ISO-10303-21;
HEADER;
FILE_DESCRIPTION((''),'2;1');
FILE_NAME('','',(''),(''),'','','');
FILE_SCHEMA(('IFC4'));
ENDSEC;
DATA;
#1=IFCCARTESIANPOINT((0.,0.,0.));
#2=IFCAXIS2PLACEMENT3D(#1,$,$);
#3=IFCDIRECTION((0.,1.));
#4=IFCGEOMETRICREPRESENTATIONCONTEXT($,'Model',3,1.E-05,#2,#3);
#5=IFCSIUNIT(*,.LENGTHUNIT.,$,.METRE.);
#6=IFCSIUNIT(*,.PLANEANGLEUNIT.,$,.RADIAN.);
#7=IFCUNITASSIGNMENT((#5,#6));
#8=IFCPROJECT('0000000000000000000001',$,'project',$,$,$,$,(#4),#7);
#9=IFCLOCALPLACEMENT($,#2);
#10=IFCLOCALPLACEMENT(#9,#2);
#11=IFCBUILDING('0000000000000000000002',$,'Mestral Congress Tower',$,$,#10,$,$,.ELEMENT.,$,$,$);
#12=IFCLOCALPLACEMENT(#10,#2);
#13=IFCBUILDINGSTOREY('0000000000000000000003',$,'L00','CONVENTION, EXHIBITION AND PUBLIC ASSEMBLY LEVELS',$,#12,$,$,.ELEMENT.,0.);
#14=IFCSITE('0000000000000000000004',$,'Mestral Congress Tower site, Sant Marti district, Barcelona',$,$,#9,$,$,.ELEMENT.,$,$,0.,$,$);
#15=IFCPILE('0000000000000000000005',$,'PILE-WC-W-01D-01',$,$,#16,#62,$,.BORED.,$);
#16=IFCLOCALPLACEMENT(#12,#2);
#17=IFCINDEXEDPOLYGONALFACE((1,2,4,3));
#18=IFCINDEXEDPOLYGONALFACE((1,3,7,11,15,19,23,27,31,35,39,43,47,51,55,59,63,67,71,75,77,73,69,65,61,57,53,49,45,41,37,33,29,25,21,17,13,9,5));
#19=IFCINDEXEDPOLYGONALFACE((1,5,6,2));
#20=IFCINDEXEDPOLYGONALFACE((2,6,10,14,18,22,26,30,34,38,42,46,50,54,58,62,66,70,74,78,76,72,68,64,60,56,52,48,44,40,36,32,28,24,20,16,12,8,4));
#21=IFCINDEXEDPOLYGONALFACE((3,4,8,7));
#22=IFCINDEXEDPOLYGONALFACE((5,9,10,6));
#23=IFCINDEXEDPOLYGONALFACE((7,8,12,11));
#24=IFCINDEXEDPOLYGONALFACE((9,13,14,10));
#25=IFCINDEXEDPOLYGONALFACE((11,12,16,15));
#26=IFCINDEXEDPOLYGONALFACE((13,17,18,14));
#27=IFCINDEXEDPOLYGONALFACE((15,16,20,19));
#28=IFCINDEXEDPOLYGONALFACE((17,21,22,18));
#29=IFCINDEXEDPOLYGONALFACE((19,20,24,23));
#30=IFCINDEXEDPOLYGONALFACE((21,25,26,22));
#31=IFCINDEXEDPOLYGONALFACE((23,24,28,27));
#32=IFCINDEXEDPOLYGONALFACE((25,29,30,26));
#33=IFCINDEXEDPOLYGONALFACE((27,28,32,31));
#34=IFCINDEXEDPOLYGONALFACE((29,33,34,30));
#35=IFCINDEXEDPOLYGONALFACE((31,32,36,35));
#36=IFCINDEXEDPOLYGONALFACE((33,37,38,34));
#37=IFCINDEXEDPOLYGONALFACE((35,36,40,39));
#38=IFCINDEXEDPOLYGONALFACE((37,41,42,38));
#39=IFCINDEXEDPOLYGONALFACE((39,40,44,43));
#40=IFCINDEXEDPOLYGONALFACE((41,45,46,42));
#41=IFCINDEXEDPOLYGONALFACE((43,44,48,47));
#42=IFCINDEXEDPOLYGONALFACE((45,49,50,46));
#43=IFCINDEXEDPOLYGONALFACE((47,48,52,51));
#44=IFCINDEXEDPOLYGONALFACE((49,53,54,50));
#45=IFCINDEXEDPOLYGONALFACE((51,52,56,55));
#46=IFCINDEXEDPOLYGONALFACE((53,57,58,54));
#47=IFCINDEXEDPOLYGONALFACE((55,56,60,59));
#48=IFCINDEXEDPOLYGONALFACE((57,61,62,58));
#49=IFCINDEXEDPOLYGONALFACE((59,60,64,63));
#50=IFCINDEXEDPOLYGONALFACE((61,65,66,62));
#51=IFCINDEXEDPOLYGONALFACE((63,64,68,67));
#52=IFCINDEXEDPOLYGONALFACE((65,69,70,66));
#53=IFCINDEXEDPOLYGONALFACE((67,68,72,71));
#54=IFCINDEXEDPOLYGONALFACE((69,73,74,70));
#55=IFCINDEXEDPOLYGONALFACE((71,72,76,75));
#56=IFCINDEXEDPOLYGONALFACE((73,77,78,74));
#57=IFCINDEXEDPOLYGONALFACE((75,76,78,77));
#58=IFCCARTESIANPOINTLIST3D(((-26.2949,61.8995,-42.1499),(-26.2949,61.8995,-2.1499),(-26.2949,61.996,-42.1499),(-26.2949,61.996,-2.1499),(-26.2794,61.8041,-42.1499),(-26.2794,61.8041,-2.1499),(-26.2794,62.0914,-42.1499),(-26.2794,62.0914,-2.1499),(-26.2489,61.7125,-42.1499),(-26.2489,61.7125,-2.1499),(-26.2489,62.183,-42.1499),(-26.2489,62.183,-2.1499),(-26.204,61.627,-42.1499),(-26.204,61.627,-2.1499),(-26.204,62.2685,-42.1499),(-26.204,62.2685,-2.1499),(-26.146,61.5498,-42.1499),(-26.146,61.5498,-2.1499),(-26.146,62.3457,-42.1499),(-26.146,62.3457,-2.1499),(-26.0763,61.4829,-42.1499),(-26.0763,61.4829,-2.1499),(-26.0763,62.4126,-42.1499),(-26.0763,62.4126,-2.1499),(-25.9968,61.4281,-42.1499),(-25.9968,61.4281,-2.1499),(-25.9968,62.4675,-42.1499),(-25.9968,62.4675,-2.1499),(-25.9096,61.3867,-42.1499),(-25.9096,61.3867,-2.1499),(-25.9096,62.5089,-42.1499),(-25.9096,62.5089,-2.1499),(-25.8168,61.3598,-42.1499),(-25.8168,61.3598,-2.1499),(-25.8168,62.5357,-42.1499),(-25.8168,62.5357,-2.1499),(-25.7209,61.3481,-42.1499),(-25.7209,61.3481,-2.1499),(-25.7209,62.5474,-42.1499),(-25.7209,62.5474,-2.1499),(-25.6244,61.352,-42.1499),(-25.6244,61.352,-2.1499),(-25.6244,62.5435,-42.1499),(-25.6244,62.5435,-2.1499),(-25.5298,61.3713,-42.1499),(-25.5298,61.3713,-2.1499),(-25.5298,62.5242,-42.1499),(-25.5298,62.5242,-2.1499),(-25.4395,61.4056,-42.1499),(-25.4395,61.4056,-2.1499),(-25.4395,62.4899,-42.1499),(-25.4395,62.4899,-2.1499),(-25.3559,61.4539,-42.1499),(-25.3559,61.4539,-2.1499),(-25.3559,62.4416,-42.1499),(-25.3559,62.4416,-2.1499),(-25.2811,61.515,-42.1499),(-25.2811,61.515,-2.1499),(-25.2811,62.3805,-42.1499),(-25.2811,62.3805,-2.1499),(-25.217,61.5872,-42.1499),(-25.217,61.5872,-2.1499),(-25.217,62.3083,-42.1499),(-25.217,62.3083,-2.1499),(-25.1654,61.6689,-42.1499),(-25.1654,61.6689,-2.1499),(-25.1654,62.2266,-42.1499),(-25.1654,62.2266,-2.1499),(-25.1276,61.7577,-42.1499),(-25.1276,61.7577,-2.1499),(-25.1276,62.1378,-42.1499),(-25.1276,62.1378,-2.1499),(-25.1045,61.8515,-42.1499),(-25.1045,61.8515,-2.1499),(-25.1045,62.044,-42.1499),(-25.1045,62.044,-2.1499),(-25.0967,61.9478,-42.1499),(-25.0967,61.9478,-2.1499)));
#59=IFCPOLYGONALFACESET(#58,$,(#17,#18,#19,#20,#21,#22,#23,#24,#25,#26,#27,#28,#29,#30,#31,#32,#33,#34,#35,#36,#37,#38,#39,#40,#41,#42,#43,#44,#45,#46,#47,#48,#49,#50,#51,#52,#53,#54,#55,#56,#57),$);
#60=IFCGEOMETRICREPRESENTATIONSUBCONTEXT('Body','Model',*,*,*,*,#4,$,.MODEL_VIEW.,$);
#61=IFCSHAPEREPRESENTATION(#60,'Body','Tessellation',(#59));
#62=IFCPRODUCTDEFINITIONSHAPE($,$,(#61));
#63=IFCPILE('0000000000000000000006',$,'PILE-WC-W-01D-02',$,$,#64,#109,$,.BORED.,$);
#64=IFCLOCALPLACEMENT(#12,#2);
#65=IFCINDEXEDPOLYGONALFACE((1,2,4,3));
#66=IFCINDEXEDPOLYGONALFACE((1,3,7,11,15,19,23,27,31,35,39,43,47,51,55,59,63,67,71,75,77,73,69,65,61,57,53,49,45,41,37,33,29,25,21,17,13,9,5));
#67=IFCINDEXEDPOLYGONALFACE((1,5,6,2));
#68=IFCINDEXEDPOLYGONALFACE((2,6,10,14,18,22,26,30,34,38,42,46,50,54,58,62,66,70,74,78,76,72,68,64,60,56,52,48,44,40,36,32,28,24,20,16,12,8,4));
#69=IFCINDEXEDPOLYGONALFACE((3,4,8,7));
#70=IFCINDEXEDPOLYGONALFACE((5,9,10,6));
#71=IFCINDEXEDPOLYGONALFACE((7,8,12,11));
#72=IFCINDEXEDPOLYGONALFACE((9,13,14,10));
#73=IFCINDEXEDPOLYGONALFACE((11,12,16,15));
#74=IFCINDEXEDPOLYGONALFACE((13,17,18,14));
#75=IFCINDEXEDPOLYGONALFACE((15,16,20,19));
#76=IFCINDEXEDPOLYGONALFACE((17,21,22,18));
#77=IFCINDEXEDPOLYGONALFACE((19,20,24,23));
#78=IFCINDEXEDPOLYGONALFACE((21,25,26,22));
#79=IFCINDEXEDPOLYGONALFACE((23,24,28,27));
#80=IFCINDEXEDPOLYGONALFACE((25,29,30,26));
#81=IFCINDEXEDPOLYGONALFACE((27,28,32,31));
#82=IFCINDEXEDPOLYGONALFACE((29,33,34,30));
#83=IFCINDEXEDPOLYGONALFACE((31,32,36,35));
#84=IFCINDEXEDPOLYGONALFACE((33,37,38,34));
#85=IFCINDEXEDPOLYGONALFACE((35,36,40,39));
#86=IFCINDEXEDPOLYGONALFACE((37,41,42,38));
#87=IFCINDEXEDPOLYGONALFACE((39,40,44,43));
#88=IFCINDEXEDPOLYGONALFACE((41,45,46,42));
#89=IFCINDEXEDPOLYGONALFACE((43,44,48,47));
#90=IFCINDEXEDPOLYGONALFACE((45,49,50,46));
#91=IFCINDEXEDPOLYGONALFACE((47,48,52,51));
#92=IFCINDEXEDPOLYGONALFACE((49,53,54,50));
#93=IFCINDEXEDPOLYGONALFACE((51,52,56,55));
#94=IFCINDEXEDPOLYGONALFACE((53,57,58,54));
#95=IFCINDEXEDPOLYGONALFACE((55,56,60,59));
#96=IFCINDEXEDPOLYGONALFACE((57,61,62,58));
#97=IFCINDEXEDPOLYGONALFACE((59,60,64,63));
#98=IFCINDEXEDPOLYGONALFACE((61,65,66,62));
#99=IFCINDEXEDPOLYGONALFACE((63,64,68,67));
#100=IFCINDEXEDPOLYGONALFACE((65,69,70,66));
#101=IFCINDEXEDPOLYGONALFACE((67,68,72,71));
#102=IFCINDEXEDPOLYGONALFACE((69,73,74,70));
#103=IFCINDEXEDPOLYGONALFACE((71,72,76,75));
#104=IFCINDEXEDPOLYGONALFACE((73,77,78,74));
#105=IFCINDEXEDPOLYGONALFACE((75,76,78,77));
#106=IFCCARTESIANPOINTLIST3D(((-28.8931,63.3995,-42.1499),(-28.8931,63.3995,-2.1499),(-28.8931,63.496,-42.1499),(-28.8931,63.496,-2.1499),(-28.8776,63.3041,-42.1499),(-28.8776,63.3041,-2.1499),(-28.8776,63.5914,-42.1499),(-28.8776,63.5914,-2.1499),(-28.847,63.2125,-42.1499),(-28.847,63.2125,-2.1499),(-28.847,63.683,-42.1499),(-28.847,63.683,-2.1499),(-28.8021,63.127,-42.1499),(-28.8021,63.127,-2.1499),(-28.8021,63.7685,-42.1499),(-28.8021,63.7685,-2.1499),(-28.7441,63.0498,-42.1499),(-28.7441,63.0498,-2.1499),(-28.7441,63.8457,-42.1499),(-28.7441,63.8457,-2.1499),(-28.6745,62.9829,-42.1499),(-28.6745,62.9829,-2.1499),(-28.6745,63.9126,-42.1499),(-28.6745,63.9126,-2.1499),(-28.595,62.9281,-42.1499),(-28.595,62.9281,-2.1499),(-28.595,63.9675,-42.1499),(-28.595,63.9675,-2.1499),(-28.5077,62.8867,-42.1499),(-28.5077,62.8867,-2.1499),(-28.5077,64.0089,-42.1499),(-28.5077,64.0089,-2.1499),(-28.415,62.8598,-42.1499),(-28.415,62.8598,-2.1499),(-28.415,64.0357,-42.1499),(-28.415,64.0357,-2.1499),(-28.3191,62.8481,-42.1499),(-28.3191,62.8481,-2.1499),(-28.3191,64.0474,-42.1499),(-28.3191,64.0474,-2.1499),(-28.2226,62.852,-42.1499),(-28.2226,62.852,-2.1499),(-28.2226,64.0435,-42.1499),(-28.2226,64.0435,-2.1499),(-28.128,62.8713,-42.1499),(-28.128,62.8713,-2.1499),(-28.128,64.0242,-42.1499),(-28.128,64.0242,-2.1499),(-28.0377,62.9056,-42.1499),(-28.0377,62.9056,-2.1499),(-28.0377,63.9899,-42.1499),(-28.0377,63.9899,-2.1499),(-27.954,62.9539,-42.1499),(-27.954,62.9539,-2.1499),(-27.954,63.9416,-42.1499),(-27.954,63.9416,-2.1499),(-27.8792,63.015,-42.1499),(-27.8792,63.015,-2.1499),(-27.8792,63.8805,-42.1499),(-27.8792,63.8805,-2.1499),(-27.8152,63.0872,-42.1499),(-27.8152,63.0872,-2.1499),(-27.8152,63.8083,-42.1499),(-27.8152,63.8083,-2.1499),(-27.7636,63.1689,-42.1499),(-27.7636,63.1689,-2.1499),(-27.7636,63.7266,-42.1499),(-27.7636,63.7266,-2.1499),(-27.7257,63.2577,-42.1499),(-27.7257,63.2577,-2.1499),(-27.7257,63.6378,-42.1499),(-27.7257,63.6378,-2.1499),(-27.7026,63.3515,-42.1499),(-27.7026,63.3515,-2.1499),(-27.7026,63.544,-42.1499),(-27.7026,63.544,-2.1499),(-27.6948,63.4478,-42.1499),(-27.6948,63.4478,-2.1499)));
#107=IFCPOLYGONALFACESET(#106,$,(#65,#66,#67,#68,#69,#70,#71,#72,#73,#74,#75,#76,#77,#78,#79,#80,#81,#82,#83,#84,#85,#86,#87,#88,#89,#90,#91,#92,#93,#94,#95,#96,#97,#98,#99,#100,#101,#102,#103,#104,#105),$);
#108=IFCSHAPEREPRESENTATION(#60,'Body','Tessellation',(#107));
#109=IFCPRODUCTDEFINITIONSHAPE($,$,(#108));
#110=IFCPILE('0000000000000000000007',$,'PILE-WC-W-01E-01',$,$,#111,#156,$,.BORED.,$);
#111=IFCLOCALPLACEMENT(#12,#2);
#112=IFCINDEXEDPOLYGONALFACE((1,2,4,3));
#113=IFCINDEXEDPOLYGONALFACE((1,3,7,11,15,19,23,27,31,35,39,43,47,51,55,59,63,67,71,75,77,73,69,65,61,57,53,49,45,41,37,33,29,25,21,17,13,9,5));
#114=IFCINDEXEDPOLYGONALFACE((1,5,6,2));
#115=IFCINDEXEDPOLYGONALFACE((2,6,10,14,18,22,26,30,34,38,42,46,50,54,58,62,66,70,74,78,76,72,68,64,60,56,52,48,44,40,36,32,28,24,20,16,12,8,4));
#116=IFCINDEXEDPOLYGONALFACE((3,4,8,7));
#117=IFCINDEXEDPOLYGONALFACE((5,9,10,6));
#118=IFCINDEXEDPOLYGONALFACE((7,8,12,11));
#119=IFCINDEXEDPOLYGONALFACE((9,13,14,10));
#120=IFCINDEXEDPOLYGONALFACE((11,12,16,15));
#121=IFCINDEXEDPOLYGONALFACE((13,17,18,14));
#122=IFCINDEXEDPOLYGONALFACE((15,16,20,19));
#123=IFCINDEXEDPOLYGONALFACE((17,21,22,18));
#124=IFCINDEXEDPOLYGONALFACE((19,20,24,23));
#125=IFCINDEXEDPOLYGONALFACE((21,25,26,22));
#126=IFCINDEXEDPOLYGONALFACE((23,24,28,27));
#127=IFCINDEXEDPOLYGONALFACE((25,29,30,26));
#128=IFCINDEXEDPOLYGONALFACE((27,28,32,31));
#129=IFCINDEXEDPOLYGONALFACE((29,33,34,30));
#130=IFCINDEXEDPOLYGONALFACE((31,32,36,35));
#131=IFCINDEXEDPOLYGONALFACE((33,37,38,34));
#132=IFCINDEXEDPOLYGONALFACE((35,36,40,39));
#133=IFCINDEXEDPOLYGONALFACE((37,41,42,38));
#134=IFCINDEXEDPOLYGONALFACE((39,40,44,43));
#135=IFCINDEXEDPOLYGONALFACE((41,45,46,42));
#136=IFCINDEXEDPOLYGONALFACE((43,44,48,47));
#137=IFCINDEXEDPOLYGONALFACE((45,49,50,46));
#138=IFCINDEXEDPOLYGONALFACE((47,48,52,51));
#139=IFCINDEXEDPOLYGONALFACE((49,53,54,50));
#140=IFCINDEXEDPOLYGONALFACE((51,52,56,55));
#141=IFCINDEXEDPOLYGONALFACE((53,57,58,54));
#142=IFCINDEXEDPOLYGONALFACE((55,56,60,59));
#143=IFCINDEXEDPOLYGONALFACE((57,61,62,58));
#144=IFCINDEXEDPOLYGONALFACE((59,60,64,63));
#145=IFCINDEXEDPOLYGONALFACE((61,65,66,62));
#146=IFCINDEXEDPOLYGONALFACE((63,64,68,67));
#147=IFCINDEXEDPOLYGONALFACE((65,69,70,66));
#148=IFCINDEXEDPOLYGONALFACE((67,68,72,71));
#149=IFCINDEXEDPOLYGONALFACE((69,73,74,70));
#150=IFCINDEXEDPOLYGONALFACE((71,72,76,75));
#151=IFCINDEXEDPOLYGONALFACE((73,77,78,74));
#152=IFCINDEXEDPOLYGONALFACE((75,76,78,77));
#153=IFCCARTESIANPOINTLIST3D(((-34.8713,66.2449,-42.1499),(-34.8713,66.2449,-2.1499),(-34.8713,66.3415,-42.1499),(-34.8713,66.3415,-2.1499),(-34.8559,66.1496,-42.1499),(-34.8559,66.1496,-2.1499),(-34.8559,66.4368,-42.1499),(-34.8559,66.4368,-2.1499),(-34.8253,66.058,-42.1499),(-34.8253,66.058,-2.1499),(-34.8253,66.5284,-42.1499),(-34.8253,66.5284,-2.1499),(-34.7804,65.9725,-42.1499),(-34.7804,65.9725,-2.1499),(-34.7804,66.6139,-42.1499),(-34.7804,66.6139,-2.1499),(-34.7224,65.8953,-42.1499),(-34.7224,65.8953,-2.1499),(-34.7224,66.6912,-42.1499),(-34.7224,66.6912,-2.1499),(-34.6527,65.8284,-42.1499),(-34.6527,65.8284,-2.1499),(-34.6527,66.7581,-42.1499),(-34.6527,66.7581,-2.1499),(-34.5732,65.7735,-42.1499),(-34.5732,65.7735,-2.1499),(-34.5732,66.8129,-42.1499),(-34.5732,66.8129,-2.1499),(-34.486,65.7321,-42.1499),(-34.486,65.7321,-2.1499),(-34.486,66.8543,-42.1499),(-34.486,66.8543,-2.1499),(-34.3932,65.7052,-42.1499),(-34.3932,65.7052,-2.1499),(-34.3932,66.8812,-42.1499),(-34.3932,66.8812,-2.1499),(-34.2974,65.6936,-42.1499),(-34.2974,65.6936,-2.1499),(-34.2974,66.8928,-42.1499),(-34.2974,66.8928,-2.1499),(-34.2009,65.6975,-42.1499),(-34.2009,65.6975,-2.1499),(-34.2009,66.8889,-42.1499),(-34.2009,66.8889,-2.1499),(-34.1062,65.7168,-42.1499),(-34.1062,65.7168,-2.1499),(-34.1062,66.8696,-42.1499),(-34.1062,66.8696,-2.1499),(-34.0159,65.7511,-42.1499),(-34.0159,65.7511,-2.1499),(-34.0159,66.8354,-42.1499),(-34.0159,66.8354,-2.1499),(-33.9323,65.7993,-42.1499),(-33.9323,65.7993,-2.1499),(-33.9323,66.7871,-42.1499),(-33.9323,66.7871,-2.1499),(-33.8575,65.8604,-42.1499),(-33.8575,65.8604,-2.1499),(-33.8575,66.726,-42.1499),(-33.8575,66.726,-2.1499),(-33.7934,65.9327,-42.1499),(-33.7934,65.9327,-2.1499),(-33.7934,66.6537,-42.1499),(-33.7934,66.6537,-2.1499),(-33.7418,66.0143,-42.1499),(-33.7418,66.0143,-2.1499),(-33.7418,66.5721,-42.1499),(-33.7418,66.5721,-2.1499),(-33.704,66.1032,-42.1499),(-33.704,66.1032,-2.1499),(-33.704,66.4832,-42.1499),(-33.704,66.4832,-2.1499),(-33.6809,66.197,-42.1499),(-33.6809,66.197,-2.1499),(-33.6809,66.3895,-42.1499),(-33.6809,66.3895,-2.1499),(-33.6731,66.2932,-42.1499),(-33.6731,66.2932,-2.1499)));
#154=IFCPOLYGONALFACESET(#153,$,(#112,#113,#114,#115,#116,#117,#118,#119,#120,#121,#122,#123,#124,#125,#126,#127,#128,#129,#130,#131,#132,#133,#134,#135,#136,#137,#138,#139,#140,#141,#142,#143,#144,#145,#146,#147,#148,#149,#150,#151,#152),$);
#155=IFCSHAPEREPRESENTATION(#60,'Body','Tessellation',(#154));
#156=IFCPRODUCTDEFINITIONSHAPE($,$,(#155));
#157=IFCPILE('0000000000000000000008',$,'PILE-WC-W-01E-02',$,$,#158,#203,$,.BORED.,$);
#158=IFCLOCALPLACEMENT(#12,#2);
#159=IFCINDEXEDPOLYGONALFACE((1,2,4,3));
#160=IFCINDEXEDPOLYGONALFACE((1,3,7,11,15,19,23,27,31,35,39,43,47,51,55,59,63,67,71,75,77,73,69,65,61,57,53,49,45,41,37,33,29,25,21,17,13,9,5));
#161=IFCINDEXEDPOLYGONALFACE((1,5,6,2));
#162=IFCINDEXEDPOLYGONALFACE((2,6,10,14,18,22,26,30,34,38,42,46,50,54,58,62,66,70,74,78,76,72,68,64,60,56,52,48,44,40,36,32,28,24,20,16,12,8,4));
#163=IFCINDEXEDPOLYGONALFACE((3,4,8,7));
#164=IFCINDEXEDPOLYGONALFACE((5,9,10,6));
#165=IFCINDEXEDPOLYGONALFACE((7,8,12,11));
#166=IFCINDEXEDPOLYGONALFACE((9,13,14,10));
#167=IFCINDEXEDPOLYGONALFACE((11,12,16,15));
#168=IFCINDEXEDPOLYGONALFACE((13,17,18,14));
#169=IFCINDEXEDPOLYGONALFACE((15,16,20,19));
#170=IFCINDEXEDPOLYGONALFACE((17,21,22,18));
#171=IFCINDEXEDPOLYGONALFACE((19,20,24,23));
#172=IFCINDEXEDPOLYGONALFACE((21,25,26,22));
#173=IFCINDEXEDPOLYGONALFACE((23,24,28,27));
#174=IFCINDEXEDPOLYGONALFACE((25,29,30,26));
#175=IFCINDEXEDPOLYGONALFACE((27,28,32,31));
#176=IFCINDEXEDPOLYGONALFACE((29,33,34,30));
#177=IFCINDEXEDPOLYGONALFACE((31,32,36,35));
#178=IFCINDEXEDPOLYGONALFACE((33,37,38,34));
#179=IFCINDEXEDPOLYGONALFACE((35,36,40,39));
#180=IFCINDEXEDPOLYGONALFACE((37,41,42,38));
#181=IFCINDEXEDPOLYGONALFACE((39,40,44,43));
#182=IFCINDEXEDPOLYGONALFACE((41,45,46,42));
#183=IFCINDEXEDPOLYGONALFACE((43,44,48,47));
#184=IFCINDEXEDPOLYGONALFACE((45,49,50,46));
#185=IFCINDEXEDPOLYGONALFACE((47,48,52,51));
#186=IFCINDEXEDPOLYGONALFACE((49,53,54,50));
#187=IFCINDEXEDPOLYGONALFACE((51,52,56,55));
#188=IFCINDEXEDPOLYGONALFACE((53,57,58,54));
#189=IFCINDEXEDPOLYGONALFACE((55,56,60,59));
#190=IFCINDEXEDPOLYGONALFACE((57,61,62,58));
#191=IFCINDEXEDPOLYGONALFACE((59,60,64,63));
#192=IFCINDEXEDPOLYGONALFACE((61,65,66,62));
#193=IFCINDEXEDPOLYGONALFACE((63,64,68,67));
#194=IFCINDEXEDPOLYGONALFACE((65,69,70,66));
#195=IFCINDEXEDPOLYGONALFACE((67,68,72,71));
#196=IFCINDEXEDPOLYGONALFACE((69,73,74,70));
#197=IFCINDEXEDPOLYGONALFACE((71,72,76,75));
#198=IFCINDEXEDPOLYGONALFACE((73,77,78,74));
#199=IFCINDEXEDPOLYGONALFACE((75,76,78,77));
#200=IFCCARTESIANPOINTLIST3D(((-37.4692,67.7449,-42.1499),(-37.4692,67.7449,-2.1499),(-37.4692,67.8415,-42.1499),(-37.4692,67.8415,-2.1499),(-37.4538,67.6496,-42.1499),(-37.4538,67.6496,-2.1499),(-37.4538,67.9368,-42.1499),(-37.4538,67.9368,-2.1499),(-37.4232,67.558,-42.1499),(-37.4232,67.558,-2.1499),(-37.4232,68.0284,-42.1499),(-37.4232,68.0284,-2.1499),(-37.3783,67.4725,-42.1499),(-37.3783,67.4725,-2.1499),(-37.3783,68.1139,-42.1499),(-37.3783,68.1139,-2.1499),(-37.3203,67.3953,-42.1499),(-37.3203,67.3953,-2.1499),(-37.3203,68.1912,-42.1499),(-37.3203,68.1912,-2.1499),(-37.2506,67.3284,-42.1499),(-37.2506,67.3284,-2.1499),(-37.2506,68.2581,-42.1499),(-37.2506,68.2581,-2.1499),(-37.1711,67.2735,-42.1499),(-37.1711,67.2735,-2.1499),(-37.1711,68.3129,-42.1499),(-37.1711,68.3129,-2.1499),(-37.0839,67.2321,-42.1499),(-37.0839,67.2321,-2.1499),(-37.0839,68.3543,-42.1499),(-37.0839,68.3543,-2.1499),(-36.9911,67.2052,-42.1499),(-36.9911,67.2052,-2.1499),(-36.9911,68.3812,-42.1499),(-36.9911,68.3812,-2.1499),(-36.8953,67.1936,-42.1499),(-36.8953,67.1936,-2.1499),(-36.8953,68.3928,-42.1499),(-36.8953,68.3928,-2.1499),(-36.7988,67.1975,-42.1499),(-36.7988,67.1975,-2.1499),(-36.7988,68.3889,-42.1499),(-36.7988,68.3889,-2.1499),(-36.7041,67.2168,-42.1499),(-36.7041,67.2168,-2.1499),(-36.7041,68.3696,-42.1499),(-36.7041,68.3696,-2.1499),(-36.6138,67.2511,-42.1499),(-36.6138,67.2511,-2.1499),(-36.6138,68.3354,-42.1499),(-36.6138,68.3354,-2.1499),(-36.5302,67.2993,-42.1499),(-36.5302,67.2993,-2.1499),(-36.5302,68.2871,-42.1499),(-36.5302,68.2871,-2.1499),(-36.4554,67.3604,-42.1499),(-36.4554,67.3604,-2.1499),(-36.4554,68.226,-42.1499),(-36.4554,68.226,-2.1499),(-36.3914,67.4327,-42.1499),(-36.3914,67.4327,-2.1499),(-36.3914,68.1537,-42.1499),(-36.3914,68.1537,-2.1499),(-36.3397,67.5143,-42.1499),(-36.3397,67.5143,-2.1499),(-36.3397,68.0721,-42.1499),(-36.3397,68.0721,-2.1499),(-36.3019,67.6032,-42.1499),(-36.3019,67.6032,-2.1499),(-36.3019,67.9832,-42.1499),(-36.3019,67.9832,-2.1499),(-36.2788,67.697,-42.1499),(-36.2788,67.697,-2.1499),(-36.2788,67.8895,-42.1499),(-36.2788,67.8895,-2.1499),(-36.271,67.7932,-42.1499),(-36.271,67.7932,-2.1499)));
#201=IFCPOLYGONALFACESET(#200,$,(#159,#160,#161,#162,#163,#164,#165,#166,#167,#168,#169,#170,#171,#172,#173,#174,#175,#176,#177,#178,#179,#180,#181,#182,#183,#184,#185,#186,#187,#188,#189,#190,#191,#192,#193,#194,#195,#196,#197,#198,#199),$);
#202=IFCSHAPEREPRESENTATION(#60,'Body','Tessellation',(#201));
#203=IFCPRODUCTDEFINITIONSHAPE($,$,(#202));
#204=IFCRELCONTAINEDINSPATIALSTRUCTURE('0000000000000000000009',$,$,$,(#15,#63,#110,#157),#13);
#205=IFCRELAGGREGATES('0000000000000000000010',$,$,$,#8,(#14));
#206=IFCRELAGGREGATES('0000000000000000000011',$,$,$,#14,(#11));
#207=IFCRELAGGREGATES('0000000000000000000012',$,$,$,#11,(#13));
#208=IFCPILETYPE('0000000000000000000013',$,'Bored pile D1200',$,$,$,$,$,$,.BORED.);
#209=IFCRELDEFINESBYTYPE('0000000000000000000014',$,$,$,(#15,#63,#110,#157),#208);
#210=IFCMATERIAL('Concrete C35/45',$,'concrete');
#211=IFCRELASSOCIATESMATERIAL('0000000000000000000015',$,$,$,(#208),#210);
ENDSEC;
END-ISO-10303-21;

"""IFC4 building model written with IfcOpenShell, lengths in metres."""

from ifc_helpers import new_model, si_unit, direction, frame, origin, origin_2d, place, context, subcontext, project, spatial, circle, extrude, material, material_profile, profile_set, type_object, element, save


model = new_model("IFC4")

# Units and contexts
model_context = context("Model", 3, precision=1e-05, world=origin(), true_north=direction((0.0, 1.0)))
body_context = subcontext(model_context, "Body", "Model", "MODEL_VIEW")
ifc_project = project(units=[si_unit("LENGTHUNIT", "METRE"), si_unit("PLANEANGLEUNIT", "RADIAN")], contexts=[model_context])

# Site, building, storey
site_placement = place(None, origin())
site = spatial("IfcSite", under=ifc_project, at=site_placement, Name="Mestral Congress Tower site, Sant Marti district, Barcelona", CompositionType="ELEMENT", RefElevation=0.0)
building_placement = place(site_placement, origin())
building = spatial("IfcBuilding", under=site, at=building_placement, Name="Mestral Congress Tower", CompositionType="ELEMENT")
storey_placement = place(building_placement, origin())
storey = spatial("IfcBuildingStorey", under=building, at=storey_placement, Name="L00", Description="CONVENTION, EXHIBITION AND PUBLIC ASSEMBLY LEVELS", CompositionType="ELEMENT", Elevation=0.0)

# Piles
ifc_material_1 = material(Name="Concrete C35/45", Category="concrete")
ifc_material_profile_1 = material_profile(ifc_material_1, circle(Radius=0.6001, at=origin_2d()), Name="D1200")
ifc_profile_set_1 = profile_set([ifc_material_profile_1], Name="Concrete C35/45")
pile_type = type_object("IfcPileType", Name="Bored pile D1200", PredefinedType="BORED", material=ifc_profile_set_1)
for number, where, z_axis, x_axis, name in (
    (1, (-25.6968, 61.9478, -2.1499), (0.0, 0.0, -1.0), (1.0, 0.0, 0.0), "PILE-WC-W-01D-01"),
    (2, (-28.2949, 63.4478, -2.1499), (0.0, 0.0, -1.0), (1.0, 0.0, 0.0), "PILE-WC-W-01D-02"),
    (3, (-34.2732, 66.2932, -2.1499), (0.0, 0.0, -1.0), (1.0, 0.0, 0.0), "PILE-WC-W-01E-01"),
    (4, (-36.8711, 67.7932, -2.1499), (0.0, 0.0, -1.0), (1.0, 0.0, 0.0), "PILE-WC-W-01E-02"),
):
    element("IfcPile", number, at=place(storey_placement, frame(where, z_axis=z_axis, x_axis=x_axis)), inside=storey, type_object=pile_type, Name=name, PredefinedType="BORED", context=body_context, shape_type="SweptSolid", body=[
        extrude(circle(Radius=0.6001, at=origin_2d()), origin(), (0.0, 0.0, 1.0), 40.0),
    ])

save(model, "model.ifc")
